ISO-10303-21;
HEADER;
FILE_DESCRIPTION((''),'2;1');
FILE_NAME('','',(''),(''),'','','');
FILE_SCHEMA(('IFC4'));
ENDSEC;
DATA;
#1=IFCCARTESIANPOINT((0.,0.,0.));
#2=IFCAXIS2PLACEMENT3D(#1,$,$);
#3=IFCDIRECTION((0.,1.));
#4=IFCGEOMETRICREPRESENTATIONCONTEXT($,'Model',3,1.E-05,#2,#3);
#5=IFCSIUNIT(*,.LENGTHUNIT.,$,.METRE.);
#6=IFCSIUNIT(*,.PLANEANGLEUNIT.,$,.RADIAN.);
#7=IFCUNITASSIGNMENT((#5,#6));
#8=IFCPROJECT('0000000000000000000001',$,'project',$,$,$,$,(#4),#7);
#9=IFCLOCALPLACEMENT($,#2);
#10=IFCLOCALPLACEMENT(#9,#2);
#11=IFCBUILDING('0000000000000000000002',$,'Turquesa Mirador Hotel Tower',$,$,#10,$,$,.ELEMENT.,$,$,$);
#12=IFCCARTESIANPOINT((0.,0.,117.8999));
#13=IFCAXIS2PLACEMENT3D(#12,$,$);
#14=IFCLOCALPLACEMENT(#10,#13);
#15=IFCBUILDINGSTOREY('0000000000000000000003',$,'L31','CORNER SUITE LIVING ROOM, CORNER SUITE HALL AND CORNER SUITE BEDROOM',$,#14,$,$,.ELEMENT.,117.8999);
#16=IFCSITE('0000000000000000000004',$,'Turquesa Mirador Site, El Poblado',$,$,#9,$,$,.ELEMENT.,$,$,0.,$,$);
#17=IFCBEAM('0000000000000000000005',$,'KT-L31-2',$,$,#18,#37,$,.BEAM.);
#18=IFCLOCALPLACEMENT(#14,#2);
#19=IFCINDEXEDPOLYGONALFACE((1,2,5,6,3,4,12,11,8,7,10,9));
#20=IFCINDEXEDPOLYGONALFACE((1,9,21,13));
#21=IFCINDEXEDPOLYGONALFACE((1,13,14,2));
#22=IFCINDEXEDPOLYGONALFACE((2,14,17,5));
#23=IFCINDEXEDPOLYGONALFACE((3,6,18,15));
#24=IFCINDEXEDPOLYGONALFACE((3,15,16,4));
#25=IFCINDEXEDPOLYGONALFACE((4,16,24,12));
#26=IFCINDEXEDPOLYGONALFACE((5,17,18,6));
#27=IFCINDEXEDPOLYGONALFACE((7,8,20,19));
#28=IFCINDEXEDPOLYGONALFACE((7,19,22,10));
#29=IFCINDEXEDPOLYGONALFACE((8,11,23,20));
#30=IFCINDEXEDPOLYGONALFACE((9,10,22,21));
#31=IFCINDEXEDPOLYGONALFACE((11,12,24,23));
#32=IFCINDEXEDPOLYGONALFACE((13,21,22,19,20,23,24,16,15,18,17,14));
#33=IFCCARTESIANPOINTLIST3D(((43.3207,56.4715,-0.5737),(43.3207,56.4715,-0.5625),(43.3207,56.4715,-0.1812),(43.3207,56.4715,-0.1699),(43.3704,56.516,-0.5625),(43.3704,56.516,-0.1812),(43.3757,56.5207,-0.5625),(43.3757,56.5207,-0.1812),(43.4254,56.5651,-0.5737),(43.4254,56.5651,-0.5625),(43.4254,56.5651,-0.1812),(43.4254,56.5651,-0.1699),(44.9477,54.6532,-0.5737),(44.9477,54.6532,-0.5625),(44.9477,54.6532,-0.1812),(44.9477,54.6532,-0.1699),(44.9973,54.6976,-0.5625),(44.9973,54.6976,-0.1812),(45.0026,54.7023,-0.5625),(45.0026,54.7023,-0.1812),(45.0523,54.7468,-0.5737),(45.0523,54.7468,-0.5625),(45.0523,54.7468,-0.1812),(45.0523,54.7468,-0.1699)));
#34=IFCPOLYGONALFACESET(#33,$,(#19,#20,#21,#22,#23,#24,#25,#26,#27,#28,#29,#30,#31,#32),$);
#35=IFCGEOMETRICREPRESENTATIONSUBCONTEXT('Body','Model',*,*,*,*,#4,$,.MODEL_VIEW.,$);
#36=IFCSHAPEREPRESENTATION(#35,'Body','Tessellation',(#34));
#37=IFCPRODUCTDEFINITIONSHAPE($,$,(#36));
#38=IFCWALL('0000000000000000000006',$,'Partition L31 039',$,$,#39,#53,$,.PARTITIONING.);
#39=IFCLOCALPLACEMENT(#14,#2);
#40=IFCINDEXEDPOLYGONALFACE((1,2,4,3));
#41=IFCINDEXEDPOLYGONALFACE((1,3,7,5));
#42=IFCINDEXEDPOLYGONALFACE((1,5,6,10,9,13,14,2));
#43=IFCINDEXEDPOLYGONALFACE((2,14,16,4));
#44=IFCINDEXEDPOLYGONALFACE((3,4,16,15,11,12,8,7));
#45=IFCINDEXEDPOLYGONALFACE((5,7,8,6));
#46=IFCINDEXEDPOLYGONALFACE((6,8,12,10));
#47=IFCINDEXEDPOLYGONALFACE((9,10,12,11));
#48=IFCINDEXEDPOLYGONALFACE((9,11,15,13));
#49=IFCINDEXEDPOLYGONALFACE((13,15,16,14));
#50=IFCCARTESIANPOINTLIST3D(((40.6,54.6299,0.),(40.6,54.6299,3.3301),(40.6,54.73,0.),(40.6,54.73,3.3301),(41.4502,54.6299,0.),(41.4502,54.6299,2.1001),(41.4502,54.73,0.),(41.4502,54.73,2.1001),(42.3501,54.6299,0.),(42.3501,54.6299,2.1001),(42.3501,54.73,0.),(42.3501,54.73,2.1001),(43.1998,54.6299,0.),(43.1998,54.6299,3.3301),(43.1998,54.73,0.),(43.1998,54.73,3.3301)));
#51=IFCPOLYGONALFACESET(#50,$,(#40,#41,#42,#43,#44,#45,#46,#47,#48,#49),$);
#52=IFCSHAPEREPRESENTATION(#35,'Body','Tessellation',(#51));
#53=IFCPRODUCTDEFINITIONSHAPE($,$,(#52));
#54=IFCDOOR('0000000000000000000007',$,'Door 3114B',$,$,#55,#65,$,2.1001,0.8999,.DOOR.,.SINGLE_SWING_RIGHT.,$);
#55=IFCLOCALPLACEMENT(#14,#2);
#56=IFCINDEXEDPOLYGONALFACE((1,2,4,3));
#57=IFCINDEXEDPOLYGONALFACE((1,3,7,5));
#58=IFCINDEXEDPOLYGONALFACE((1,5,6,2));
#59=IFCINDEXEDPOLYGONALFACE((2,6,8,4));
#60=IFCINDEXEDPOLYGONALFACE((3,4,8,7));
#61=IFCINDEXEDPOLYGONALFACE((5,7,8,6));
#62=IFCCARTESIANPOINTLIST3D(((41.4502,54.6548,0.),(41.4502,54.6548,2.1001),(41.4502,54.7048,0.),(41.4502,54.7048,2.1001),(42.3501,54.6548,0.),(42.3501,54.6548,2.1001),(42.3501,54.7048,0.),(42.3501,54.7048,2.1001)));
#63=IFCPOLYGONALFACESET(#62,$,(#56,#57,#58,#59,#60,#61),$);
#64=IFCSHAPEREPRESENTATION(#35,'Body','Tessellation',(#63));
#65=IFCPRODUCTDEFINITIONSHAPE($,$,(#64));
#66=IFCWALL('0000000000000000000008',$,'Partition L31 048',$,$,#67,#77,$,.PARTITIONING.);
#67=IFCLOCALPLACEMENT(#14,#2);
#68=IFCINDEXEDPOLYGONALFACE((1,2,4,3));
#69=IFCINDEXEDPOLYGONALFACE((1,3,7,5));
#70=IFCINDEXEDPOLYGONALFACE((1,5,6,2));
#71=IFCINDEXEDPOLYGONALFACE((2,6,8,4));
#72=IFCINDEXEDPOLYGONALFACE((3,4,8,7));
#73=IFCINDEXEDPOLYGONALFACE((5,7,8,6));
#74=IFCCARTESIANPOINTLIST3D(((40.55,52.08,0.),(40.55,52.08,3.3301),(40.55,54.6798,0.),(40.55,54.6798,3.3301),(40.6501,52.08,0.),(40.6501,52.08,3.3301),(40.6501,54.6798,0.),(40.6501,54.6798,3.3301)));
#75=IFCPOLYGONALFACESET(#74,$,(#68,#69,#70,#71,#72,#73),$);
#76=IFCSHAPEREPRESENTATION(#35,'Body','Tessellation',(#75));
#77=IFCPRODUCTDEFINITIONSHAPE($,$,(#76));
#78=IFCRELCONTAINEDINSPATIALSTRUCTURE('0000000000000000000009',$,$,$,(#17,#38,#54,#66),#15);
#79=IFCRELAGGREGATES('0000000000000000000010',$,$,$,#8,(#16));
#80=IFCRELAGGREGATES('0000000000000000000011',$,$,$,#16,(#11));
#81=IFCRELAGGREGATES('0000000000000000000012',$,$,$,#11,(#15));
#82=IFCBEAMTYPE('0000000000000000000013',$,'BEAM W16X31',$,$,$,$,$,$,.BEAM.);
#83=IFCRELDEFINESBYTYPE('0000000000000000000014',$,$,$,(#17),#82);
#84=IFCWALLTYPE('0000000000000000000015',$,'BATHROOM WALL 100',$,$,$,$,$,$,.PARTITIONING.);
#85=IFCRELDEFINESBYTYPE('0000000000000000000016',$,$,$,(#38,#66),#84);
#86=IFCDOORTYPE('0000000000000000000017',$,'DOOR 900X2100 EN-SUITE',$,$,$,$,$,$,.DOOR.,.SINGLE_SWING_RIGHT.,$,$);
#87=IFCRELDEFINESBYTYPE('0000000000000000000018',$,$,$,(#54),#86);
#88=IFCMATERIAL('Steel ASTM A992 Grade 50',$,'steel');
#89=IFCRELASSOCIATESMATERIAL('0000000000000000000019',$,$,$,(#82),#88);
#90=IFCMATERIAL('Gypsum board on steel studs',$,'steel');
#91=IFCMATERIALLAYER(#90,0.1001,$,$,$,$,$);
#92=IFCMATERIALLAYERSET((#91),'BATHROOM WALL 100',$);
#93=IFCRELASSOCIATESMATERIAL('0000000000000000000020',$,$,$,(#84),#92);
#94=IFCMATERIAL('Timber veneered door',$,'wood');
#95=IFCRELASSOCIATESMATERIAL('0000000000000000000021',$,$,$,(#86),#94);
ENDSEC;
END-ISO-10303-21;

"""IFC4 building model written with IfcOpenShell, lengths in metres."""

from ifc_helpers import new_model, si_unit, direction, frame, frame_2d, origin, origin_2d, place, context, subcontext, project, spatial, rectangle, i_section, extrude, material, layer, layer_set, material_profile, profile_set, type_object, element, fill, save


model = new_model("IFC4")

# Units and contexts
model_context = context("Model", 3, precision=1e-05, world=origin(), true_north=direction((0.0, 1.0)))
body_context = subcontext(model_context, "Body", "Model", "MODEL_VIEW")
ifc_project = project(units=[si_unit("LENGTHUNIT", "METRE"), si_unit("PLANEANGLEUNIT", "RADIAN")], contexts=[model_context])

# Site, building, storey
site_placement = place(None, origin())
site = spatial("IfcSite", under=ifc_project, at=site_placement, Name="Turquesa Mirador Site, El Poblado", CompositionType="ELEMENT", RefElevation=0.0)
building_placement = place(site_placement, origin())
building = spatial("IfcBuilding", under=site, at=building_placement, Name="Turquesa Mirador Hotel Tower", CompositionType="ELEMENT")
storey_placement = place(building_placement, frame((0.0, 0.0, 117.8999)))
storey = spatial("IfcBuildingStorey", under=building, at=storey_placement, Name="L31", Description="CORNER SUITE LIVING ROOM, CORNER SUITE HALL AND CORNER SUITE BEDROOM", CompositionType="ELEMENT", Elevation=117.8999)

# Beam
ifc_material_1 = material(Name="Steel ASTM A992 Grade 50", Category="steel")
ifc_material_profile = material_profile(ifc_material_1, i_section(OverallWidth=0.1404, OverallDepth=0.4038, WebThickness=0.0071, FlangeThickness=0.0112, at=origin_2d()), Name="W16X31")
ifc_profile_set = profile_set([ifc_material_profile], Name="Steel ASTM A992 Grade 50")
beam_type = type_object("IfcBeamType", Name="BEAM W16X31", PredefinedType="BEAM", material=ifc_profile_set)
beam_placement = place(storey_placement, frame((43.373, 56.5183, -0.3718), z_axis=(0.666795, -0.745241, 0.0), x_axis=(0.745241, 0.666795, 0.0)))
element("IfcBeam", 1, at=beam_placement, inside=storey, type_object=beam_type, Name="KT-L31-2", PredefinedType="BEAM", context=body_context, shape_type="SweptSolid", body=[
    extrude(i_section(OverallWidth=0.1404, OverallDepth=0.4038, WebThickness=0.0071, FlangeThickness=0.0112, at=origin_2d()), origin(), (0.0, 0.0, 1.0), 2.4399),
])

# Wall, opening, door
ifc_material_2 = material(Name="Gypsum board on steel studs", Category="steel")
ifc_layer_1 = layer(ifc_material_2, 0.1001)
ifc_layer_set_1 = layer_set([ifc_layer_1], Name="BATHROOM WALL 100")
wall_type_1 = type_object("IfcWallType", Name="BATHROOM WALL 100", PredefinedType="PARTITIONING", material=ifc_layer_set_1)
wall_1_placement = place(storey_placement, frame((40.6001, 54.6799, 0.0), z_axis=(0.0, 0.0, 1.0), x_axis=(1.0, 0.0, 0.0)))
wall_1 = element("IfcWall", 2, at=wall_1_placement, inside=storey, type_object=wall_type_1, Name="Partition L31 039", PredefinedType="PARTITIONING", context=body_context, shape_type="SweptSolid", body=[
    extrude(rectangle(XDim=2.5999, YDim=0.1001, at=frame_2d((1.2998, 0.0))), origin(), (0.0, 0.0, 1.0), 3.3301),
])
opening_1_placement = place(wall_1_placement, frame((0.8501, 0.0, 0.0)))
opening_1 = element("IfcOpeningElement", 3, at=opening_1_placement, cuts=wall_1, PredefinedType="OPENING", context=body_context, shape_type="SweptSolid", body=[
    extrude(rectangle(XDim=0.8999, YDim=2.1001, at=frame_2d((0.45, 1.05))), frame((0.0, 0.0601, 0.0), z_axis=(0.0, -1.0, 0.0), x_axis=(1.0, 0.0, 0.0)), (0.0, 0.0, 1.0), 0.1201),
])
ifc_material_3 = material(Name="Timber veneered door", Category="wood")
door_type_1 = type_object("IfcDoorType", Name="DOOR 900X2100 EN-SUITE", OperationType="SINGLE_SWING_RIGHT", PredefinedType="DOOR", material=ifc_material_3)
door_1_placement = place(opening_1_placement, origin())
door_1 = element("IfcDoor", 4, at=door_1_placement, inside=storey, type_object=door_type_1, Name="Door 3114B", OperationType="SINGLE_SWING_RIGHT", OverallHeight=2.1001, OverallWidth=0.8999, PredefinedType="DOOR", context=body_context, shape_type="SweptSolid", body=[
    extrude(rectangle(XDim=0.8999, YDim=2.1001, at=frame_2d((0.45, 1.05))), frame((0.0, 0.0249, 0.0), z_axis=(0.0, -1.0, 0.0), x_axis=(1.0, 0.0, 0.0)), (0.0, 0.0, 1.0), 0.05),
])
fill(opening_1, door_1)

# Wall
wall_2_placement = place(storey_placement, frame((40.6001, 52.0801, 0.0), z_axis=(0.0, 0.0, 1.0), x_axis=(0.0, 1.0, 0.0)))
element("IfcWall", 5, at=wall_2_placement, inside=storey, type_object=wall_type_1, Name="Partition L31 048", PredefinedType="PARTITIONING", context=body_context, shape_type="SweptSolid", body=[
    extrude(rectangle(XDim=2.5999, YDim=0.1001, at=frame_2d((1.2998, 0.0))), origin(), (0.0, 0.0, 1.0), 3.3301),
])

save(model, "model.ifc")
